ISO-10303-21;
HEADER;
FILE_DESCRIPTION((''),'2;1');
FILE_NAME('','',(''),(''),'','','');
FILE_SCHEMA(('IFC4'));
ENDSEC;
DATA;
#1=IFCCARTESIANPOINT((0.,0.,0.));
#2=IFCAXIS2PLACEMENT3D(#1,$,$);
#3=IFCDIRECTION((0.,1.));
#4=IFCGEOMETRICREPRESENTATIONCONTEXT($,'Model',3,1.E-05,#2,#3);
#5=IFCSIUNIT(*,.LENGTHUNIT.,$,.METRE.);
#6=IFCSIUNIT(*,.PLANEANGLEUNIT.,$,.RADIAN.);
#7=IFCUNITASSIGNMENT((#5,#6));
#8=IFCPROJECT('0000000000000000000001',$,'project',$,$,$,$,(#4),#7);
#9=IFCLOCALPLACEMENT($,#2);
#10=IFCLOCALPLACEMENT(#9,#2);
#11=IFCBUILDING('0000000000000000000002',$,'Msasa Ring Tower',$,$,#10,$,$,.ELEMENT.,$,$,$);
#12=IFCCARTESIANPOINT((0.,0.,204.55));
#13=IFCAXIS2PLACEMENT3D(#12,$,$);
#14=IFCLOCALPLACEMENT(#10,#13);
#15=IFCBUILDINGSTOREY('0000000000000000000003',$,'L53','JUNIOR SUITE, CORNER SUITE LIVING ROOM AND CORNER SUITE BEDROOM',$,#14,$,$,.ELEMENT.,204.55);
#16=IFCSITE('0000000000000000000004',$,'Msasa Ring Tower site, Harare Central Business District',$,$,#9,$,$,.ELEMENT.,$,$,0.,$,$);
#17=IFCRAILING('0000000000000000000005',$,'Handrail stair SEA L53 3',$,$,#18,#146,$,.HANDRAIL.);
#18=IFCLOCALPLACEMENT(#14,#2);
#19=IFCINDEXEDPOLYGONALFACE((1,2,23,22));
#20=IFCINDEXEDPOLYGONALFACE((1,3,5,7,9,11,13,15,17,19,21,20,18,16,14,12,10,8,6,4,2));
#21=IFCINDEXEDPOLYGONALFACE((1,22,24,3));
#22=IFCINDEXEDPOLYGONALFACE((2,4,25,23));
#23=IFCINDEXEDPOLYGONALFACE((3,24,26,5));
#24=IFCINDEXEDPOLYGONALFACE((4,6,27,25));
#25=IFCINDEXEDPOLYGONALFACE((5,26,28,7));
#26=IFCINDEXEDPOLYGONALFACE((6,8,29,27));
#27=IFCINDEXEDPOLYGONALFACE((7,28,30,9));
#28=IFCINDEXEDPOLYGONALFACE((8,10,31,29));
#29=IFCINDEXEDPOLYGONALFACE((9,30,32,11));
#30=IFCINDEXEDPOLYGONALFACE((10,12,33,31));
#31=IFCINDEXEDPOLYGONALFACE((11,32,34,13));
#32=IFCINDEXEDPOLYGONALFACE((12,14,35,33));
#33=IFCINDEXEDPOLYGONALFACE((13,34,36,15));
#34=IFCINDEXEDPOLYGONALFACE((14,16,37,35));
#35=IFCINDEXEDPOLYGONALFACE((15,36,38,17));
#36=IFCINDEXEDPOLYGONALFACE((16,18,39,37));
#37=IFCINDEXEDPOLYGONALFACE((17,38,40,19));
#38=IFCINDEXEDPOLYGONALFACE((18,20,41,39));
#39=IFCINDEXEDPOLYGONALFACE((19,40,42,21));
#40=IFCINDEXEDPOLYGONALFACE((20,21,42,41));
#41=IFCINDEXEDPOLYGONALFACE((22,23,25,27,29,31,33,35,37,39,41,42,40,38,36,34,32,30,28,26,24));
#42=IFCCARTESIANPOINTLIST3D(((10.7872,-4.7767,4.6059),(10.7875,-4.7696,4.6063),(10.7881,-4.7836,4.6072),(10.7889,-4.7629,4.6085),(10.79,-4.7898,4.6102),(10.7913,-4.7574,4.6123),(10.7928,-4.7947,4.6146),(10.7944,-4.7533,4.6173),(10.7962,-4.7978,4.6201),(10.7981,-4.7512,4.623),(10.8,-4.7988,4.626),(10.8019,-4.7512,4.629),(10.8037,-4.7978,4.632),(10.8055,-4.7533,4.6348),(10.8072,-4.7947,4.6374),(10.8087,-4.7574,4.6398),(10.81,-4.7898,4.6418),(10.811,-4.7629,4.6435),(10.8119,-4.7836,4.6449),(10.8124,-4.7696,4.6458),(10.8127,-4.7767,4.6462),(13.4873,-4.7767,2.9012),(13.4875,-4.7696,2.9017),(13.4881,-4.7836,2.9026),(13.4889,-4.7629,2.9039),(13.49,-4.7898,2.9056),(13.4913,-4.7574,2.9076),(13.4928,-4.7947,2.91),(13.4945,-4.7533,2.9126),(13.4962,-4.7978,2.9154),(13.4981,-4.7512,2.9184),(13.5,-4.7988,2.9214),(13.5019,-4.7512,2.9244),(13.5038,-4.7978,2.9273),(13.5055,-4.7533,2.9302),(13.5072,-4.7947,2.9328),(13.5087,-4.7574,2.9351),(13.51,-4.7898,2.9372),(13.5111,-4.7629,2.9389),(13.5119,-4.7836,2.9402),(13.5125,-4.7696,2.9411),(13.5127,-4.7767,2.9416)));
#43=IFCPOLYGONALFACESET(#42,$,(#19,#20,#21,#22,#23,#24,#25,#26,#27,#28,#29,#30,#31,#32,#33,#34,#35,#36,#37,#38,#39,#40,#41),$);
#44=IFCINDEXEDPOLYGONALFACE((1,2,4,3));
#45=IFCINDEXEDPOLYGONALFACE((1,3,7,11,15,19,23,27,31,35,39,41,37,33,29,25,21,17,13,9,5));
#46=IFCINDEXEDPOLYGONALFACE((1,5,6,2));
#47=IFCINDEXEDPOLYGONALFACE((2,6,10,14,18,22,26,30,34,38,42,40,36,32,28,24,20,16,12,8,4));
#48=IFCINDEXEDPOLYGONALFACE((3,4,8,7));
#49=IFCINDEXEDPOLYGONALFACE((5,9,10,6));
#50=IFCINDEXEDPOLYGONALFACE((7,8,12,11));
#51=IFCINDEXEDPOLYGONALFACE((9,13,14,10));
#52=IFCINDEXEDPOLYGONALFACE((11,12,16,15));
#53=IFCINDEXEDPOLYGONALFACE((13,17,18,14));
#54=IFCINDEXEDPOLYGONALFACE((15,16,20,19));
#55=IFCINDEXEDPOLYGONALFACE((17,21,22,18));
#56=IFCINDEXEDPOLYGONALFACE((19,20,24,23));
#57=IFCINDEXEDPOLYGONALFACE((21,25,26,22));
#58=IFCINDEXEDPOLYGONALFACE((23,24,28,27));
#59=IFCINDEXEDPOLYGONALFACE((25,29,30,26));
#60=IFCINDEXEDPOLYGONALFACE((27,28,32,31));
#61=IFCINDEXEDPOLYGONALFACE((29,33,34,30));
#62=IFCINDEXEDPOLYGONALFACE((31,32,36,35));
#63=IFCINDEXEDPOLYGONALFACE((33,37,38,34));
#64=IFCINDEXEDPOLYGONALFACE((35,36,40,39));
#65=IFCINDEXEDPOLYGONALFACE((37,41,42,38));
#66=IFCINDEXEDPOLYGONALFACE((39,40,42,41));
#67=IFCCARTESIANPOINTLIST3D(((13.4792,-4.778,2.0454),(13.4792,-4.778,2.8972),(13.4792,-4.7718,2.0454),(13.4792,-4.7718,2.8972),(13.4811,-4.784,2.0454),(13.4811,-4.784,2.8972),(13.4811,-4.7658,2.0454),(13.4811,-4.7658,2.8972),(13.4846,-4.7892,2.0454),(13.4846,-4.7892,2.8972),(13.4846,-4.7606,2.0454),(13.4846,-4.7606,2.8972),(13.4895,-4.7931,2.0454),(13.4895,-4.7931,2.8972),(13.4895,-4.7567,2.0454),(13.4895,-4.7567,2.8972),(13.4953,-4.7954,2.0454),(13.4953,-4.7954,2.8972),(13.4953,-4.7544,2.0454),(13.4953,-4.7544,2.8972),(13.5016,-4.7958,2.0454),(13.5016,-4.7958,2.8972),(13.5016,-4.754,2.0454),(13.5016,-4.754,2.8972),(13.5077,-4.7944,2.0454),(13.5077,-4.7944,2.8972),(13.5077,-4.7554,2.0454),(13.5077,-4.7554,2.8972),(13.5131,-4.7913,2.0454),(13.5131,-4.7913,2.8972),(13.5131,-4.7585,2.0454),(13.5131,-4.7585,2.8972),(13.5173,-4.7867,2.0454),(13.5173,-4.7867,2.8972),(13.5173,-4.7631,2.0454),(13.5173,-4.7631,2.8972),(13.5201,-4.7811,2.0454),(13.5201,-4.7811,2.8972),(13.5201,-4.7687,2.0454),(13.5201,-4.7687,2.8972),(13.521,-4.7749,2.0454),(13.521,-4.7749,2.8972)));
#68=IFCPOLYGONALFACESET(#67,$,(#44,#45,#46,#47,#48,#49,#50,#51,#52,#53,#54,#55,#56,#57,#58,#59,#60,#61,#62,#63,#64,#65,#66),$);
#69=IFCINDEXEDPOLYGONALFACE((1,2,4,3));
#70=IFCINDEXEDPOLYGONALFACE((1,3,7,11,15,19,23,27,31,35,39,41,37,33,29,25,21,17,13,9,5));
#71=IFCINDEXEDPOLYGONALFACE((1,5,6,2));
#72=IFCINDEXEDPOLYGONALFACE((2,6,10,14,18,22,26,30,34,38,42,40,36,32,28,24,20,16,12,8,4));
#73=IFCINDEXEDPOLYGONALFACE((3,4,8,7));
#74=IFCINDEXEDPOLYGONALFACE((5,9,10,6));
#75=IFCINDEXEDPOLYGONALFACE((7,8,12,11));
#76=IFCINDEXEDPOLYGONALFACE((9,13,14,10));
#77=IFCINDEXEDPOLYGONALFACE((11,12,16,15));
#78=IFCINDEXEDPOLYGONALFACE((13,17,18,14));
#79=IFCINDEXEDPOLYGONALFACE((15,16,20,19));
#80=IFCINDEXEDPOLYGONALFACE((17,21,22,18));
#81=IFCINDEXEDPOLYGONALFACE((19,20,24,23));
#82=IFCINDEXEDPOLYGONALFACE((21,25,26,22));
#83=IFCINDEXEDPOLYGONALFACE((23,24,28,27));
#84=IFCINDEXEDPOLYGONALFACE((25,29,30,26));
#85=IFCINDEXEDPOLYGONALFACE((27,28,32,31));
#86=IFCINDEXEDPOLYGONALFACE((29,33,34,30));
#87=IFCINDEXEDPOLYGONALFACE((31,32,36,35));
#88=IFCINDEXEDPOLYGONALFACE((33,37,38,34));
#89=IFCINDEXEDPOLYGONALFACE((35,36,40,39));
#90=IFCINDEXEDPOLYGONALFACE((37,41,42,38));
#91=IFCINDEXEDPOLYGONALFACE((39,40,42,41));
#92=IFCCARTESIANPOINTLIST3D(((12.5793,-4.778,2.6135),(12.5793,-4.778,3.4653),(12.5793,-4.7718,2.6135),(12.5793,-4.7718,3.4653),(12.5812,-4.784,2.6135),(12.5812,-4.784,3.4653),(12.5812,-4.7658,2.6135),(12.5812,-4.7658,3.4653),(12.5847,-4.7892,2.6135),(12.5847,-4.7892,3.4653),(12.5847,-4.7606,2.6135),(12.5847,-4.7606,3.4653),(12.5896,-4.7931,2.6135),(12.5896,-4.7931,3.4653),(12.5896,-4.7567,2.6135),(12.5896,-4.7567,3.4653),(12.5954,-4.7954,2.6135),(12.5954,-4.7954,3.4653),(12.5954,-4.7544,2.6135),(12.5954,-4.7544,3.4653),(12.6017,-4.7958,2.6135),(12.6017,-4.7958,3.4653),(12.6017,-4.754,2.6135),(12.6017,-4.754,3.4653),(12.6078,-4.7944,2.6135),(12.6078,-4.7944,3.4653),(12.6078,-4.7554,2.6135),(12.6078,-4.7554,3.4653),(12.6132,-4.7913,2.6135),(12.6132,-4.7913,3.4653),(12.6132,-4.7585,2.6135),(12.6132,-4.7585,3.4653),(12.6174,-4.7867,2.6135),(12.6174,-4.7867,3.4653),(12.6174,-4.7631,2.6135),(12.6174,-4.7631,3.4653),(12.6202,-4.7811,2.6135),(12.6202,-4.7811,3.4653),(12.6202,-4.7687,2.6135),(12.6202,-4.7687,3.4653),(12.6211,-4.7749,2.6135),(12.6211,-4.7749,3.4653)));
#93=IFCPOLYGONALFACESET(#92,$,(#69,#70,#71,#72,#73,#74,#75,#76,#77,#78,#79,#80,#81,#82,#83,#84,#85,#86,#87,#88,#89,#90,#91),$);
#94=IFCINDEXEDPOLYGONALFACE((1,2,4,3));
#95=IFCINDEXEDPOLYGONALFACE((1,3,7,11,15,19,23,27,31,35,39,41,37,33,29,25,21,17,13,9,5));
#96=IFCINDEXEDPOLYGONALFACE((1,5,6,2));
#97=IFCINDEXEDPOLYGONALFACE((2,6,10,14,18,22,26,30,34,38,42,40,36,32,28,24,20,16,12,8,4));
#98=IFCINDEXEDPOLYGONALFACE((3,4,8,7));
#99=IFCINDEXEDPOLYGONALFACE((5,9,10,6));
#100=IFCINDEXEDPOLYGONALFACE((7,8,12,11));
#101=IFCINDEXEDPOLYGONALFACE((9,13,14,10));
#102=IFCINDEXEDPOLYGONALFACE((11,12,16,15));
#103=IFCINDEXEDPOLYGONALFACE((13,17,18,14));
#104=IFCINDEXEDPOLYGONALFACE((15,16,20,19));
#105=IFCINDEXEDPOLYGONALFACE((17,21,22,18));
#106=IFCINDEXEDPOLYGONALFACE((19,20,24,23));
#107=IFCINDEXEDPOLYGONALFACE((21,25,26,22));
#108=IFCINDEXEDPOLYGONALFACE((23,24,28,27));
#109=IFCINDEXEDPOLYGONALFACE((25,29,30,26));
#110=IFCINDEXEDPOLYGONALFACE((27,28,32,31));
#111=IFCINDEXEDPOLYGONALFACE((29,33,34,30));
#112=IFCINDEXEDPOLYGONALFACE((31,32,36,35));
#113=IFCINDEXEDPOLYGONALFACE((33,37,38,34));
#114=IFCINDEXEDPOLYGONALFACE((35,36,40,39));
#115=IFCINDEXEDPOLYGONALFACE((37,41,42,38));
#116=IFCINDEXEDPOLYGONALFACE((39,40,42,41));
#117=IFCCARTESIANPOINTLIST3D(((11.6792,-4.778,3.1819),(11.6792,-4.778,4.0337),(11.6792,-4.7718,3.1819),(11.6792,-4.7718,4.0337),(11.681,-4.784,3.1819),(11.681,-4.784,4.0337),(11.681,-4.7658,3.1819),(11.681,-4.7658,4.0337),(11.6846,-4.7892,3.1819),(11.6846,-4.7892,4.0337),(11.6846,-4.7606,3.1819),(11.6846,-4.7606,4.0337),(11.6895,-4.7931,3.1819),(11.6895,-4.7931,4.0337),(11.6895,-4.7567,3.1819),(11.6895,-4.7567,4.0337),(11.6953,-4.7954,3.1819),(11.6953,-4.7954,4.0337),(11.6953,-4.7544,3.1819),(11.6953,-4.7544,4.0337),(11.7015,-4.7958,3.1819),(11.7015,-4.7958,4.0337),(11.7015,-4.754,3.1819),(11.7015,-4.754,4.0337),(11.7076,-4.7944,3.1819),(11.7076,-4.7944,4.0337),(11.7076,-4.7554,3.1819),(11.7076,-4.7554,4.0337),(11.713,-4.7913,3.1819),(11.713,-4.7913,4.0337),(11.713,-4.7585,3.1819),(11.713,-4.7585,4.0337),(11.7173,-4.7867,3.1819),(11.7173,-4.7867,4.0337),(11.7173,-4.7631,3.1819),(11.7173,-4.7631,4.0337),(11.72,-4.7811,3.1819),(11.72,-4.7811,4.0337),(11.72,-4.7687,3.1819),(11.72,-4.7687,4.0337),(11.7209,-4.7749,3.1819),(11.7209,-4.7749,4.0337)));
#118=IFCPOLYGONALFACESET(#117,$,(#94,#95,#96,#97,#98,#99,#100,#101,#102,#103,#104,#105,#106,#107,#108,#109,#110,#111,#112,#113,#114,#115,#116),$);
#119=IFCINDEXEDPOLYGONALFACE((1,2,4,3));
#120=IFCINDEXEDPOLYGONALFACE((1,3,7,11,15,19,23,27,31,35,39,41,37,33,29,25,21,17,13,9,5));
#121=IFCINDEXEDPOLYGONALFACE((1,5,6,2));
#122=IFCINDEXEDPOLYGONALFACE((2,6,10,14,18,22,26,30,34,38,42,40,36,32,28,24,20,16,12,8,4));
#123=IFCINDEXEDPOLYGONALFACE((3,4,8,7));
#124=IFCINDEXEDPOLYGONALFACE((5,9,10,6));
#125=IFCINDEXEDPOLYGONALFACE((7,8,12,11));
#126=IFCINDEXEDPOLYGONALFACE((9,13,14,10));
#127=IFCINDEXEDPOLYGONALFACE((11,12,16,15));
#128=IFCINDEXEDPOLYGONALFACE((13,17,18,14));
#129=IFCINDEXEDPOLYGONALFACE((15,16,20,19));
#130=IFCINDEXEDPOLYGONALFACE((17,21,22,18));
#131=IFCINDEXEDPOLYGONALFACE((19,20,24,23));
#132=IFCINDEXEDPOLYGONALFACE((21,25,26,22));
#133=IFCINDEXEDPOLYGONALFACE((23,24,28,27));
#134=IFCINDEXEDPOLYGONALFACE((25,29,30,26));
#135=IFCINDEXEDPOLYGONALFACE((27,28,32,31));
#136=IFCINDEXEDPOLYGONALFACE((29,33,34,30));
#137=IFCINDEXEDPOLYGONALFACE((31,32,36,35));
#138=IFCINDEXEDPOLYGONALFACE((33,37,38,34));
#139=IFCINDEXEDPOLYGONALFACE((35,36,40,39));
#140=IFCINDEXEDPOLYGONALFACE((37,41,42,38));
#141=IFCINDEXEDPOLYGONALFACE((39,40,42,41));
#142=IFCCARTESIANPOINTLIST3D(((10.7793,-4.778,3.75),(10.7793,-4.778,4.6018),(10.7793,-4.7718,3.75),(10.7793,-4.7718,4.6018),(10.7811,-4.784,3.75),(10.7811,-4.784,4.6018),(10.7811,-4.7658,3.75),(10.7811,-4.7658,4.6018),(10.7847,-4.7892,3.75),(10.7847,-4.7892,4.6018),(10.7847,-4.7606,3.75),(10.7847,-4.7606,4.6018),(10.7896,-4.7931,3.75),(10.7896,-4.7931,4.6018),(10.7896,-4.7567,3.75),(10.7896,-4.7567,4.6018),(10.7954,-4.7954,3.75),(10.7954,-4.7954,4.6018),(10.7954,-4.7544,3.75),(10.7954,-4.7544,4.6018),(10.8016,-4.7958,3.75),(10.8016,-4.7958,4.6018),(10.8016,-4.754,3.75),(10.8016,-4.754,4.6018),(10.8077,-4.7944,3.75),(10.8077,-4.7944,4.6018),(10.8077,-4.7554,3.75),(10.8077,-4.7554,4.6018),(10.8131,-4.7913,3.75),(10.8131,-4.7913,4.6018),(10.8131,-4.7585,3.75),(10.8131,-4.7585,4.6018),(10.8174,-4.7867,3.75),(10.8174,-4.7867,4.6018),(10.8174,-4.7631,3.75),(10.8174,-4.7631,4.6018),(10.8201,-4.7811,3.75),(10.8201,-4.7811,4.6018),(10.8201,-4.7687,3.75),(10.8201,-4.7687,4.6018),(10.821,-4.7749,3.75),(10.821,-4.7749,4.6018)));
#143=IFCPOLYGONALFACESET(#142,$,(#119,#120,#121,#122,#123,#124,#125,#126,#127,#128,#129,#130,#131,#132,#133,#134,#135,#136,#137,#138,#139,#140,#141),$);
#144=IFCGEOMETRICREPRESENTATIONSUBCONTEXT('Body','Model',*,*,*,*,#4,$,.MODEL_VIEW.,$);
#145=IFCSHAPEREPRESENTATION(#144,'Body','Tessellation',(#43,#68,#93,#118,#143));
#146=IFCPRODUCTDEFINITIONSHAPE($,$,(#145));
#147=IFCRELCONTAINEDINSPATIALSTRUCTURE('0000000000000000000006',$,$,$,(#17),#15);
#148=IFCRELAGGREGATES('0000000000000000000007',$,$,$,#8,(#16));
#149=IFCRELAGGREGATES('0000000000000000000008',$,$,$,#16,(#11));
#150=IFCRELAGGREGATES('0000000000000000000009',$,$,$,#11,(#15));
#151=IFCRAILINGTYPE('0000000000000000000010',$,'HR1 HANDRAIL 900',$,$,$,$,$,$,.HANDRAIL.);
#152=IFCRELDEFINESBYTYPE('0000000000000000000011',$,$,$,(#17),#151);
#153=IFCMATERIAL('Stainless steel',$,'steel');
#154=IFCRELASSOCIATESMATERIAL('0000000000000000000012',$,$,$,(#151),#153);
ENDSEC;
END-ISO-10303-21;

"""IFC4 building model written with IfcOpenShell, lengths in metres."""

from ifc_helpers import new_model, si_unit, direction, frame, origin, origin_2d, place, context, subcontext, project, spatial, circle, extrude, material, type_object, element, save


model = new_model("IFC4")

# Units and contexts
model_context = context("Model", 3, precision=1e-05, world=origin(), true_north=direction((0.0, 1.0)))
body_context = subcontext(model_context, "Body", "Model", "MODEL_VIEW")
ifc_project = project(units=[si_unit("LENGTHUNIT", "METRE"), si_unit("PLANEANGLEUNIT", "RADIAN")], contexts=[model_context])

# Site, building, storey
site_placement = place(None, origin())
site = spatial("IfcSite", under=ifc_project, at=site_placement, Name="Msasa Ring Tower site, Harare Central Business District", CompositionType="ELEMENT", RefElevation=0.0)
building_placement = place(site_placement, origin())
building = spatial("IfcBuilding", under=site, at=building_placement, Name="Msasa Ring Tower", CompositionType="ELEMENT")
storey_placement = place(building_placement, frame((0.0, 0.0, 204.55)))
storey = spatial("IfcBuildingStorey", under=building, at=storey_placement, Name="L53", Description="JUNIOR SUITE, CORNER SUITE LIVING ROOM AND CORNER SUITE BEDROOM", CompositionType="ELEMENT", Elevation=204.55)

# Railing
ifc_material_1 = material(Name="Stainless steel", Category="steel")
railing_type = type_object("IfcRailingType", Name="HR1 HANDRAIL 900", PredefinedType="HANDRAIL", material=ifc_material_1)
for number, where, name in (
    (1, (13.5, -4.7749, 2.0454), "Handrail stair SEA L53 3"),
):
    element("IfcRailing", number, at=place(storey_placement, frame(where)), inside=storey, type_object=railing_type, Name=name, PredefinedType="HANDRAIL", context=body_context, shape_type="SweptSolid", body=[
        extrude(circle(Radius=0.0239, at=origin_2d()), frame((0.0, 0.0, 0.876), z_axis=(-0.84558, 0.0, 0.533849), x_axis=(0.0, -1.0, 0.0)), (0.0, 0.0, 1.0), 3.1931),
        extrude(circle(Radius=0.021, at=origin_2d()), origin(), (0.0, 0.0, 1.0), 0.8518),
        extrude(circle(Radius=0.021, at=origin_2d()), frame((-0.8999, 0.0, 0.5681)), (0.0, 0.0, 1.0), 0.8518),
        extrude(circle(Radius=0.021, at=origin_2d()), frame((-1.8, 0.0, 1.1365)), (0.0, 0.0, 1.0), 0.8518),
        extrude(circle(Radius=0.021, at=origin_2d()), frame((-2.7, 0.0, 1.7046)), (0.0, 0.0, 1.0), 0.8518),
    ])

save(model, "model.ifc")
